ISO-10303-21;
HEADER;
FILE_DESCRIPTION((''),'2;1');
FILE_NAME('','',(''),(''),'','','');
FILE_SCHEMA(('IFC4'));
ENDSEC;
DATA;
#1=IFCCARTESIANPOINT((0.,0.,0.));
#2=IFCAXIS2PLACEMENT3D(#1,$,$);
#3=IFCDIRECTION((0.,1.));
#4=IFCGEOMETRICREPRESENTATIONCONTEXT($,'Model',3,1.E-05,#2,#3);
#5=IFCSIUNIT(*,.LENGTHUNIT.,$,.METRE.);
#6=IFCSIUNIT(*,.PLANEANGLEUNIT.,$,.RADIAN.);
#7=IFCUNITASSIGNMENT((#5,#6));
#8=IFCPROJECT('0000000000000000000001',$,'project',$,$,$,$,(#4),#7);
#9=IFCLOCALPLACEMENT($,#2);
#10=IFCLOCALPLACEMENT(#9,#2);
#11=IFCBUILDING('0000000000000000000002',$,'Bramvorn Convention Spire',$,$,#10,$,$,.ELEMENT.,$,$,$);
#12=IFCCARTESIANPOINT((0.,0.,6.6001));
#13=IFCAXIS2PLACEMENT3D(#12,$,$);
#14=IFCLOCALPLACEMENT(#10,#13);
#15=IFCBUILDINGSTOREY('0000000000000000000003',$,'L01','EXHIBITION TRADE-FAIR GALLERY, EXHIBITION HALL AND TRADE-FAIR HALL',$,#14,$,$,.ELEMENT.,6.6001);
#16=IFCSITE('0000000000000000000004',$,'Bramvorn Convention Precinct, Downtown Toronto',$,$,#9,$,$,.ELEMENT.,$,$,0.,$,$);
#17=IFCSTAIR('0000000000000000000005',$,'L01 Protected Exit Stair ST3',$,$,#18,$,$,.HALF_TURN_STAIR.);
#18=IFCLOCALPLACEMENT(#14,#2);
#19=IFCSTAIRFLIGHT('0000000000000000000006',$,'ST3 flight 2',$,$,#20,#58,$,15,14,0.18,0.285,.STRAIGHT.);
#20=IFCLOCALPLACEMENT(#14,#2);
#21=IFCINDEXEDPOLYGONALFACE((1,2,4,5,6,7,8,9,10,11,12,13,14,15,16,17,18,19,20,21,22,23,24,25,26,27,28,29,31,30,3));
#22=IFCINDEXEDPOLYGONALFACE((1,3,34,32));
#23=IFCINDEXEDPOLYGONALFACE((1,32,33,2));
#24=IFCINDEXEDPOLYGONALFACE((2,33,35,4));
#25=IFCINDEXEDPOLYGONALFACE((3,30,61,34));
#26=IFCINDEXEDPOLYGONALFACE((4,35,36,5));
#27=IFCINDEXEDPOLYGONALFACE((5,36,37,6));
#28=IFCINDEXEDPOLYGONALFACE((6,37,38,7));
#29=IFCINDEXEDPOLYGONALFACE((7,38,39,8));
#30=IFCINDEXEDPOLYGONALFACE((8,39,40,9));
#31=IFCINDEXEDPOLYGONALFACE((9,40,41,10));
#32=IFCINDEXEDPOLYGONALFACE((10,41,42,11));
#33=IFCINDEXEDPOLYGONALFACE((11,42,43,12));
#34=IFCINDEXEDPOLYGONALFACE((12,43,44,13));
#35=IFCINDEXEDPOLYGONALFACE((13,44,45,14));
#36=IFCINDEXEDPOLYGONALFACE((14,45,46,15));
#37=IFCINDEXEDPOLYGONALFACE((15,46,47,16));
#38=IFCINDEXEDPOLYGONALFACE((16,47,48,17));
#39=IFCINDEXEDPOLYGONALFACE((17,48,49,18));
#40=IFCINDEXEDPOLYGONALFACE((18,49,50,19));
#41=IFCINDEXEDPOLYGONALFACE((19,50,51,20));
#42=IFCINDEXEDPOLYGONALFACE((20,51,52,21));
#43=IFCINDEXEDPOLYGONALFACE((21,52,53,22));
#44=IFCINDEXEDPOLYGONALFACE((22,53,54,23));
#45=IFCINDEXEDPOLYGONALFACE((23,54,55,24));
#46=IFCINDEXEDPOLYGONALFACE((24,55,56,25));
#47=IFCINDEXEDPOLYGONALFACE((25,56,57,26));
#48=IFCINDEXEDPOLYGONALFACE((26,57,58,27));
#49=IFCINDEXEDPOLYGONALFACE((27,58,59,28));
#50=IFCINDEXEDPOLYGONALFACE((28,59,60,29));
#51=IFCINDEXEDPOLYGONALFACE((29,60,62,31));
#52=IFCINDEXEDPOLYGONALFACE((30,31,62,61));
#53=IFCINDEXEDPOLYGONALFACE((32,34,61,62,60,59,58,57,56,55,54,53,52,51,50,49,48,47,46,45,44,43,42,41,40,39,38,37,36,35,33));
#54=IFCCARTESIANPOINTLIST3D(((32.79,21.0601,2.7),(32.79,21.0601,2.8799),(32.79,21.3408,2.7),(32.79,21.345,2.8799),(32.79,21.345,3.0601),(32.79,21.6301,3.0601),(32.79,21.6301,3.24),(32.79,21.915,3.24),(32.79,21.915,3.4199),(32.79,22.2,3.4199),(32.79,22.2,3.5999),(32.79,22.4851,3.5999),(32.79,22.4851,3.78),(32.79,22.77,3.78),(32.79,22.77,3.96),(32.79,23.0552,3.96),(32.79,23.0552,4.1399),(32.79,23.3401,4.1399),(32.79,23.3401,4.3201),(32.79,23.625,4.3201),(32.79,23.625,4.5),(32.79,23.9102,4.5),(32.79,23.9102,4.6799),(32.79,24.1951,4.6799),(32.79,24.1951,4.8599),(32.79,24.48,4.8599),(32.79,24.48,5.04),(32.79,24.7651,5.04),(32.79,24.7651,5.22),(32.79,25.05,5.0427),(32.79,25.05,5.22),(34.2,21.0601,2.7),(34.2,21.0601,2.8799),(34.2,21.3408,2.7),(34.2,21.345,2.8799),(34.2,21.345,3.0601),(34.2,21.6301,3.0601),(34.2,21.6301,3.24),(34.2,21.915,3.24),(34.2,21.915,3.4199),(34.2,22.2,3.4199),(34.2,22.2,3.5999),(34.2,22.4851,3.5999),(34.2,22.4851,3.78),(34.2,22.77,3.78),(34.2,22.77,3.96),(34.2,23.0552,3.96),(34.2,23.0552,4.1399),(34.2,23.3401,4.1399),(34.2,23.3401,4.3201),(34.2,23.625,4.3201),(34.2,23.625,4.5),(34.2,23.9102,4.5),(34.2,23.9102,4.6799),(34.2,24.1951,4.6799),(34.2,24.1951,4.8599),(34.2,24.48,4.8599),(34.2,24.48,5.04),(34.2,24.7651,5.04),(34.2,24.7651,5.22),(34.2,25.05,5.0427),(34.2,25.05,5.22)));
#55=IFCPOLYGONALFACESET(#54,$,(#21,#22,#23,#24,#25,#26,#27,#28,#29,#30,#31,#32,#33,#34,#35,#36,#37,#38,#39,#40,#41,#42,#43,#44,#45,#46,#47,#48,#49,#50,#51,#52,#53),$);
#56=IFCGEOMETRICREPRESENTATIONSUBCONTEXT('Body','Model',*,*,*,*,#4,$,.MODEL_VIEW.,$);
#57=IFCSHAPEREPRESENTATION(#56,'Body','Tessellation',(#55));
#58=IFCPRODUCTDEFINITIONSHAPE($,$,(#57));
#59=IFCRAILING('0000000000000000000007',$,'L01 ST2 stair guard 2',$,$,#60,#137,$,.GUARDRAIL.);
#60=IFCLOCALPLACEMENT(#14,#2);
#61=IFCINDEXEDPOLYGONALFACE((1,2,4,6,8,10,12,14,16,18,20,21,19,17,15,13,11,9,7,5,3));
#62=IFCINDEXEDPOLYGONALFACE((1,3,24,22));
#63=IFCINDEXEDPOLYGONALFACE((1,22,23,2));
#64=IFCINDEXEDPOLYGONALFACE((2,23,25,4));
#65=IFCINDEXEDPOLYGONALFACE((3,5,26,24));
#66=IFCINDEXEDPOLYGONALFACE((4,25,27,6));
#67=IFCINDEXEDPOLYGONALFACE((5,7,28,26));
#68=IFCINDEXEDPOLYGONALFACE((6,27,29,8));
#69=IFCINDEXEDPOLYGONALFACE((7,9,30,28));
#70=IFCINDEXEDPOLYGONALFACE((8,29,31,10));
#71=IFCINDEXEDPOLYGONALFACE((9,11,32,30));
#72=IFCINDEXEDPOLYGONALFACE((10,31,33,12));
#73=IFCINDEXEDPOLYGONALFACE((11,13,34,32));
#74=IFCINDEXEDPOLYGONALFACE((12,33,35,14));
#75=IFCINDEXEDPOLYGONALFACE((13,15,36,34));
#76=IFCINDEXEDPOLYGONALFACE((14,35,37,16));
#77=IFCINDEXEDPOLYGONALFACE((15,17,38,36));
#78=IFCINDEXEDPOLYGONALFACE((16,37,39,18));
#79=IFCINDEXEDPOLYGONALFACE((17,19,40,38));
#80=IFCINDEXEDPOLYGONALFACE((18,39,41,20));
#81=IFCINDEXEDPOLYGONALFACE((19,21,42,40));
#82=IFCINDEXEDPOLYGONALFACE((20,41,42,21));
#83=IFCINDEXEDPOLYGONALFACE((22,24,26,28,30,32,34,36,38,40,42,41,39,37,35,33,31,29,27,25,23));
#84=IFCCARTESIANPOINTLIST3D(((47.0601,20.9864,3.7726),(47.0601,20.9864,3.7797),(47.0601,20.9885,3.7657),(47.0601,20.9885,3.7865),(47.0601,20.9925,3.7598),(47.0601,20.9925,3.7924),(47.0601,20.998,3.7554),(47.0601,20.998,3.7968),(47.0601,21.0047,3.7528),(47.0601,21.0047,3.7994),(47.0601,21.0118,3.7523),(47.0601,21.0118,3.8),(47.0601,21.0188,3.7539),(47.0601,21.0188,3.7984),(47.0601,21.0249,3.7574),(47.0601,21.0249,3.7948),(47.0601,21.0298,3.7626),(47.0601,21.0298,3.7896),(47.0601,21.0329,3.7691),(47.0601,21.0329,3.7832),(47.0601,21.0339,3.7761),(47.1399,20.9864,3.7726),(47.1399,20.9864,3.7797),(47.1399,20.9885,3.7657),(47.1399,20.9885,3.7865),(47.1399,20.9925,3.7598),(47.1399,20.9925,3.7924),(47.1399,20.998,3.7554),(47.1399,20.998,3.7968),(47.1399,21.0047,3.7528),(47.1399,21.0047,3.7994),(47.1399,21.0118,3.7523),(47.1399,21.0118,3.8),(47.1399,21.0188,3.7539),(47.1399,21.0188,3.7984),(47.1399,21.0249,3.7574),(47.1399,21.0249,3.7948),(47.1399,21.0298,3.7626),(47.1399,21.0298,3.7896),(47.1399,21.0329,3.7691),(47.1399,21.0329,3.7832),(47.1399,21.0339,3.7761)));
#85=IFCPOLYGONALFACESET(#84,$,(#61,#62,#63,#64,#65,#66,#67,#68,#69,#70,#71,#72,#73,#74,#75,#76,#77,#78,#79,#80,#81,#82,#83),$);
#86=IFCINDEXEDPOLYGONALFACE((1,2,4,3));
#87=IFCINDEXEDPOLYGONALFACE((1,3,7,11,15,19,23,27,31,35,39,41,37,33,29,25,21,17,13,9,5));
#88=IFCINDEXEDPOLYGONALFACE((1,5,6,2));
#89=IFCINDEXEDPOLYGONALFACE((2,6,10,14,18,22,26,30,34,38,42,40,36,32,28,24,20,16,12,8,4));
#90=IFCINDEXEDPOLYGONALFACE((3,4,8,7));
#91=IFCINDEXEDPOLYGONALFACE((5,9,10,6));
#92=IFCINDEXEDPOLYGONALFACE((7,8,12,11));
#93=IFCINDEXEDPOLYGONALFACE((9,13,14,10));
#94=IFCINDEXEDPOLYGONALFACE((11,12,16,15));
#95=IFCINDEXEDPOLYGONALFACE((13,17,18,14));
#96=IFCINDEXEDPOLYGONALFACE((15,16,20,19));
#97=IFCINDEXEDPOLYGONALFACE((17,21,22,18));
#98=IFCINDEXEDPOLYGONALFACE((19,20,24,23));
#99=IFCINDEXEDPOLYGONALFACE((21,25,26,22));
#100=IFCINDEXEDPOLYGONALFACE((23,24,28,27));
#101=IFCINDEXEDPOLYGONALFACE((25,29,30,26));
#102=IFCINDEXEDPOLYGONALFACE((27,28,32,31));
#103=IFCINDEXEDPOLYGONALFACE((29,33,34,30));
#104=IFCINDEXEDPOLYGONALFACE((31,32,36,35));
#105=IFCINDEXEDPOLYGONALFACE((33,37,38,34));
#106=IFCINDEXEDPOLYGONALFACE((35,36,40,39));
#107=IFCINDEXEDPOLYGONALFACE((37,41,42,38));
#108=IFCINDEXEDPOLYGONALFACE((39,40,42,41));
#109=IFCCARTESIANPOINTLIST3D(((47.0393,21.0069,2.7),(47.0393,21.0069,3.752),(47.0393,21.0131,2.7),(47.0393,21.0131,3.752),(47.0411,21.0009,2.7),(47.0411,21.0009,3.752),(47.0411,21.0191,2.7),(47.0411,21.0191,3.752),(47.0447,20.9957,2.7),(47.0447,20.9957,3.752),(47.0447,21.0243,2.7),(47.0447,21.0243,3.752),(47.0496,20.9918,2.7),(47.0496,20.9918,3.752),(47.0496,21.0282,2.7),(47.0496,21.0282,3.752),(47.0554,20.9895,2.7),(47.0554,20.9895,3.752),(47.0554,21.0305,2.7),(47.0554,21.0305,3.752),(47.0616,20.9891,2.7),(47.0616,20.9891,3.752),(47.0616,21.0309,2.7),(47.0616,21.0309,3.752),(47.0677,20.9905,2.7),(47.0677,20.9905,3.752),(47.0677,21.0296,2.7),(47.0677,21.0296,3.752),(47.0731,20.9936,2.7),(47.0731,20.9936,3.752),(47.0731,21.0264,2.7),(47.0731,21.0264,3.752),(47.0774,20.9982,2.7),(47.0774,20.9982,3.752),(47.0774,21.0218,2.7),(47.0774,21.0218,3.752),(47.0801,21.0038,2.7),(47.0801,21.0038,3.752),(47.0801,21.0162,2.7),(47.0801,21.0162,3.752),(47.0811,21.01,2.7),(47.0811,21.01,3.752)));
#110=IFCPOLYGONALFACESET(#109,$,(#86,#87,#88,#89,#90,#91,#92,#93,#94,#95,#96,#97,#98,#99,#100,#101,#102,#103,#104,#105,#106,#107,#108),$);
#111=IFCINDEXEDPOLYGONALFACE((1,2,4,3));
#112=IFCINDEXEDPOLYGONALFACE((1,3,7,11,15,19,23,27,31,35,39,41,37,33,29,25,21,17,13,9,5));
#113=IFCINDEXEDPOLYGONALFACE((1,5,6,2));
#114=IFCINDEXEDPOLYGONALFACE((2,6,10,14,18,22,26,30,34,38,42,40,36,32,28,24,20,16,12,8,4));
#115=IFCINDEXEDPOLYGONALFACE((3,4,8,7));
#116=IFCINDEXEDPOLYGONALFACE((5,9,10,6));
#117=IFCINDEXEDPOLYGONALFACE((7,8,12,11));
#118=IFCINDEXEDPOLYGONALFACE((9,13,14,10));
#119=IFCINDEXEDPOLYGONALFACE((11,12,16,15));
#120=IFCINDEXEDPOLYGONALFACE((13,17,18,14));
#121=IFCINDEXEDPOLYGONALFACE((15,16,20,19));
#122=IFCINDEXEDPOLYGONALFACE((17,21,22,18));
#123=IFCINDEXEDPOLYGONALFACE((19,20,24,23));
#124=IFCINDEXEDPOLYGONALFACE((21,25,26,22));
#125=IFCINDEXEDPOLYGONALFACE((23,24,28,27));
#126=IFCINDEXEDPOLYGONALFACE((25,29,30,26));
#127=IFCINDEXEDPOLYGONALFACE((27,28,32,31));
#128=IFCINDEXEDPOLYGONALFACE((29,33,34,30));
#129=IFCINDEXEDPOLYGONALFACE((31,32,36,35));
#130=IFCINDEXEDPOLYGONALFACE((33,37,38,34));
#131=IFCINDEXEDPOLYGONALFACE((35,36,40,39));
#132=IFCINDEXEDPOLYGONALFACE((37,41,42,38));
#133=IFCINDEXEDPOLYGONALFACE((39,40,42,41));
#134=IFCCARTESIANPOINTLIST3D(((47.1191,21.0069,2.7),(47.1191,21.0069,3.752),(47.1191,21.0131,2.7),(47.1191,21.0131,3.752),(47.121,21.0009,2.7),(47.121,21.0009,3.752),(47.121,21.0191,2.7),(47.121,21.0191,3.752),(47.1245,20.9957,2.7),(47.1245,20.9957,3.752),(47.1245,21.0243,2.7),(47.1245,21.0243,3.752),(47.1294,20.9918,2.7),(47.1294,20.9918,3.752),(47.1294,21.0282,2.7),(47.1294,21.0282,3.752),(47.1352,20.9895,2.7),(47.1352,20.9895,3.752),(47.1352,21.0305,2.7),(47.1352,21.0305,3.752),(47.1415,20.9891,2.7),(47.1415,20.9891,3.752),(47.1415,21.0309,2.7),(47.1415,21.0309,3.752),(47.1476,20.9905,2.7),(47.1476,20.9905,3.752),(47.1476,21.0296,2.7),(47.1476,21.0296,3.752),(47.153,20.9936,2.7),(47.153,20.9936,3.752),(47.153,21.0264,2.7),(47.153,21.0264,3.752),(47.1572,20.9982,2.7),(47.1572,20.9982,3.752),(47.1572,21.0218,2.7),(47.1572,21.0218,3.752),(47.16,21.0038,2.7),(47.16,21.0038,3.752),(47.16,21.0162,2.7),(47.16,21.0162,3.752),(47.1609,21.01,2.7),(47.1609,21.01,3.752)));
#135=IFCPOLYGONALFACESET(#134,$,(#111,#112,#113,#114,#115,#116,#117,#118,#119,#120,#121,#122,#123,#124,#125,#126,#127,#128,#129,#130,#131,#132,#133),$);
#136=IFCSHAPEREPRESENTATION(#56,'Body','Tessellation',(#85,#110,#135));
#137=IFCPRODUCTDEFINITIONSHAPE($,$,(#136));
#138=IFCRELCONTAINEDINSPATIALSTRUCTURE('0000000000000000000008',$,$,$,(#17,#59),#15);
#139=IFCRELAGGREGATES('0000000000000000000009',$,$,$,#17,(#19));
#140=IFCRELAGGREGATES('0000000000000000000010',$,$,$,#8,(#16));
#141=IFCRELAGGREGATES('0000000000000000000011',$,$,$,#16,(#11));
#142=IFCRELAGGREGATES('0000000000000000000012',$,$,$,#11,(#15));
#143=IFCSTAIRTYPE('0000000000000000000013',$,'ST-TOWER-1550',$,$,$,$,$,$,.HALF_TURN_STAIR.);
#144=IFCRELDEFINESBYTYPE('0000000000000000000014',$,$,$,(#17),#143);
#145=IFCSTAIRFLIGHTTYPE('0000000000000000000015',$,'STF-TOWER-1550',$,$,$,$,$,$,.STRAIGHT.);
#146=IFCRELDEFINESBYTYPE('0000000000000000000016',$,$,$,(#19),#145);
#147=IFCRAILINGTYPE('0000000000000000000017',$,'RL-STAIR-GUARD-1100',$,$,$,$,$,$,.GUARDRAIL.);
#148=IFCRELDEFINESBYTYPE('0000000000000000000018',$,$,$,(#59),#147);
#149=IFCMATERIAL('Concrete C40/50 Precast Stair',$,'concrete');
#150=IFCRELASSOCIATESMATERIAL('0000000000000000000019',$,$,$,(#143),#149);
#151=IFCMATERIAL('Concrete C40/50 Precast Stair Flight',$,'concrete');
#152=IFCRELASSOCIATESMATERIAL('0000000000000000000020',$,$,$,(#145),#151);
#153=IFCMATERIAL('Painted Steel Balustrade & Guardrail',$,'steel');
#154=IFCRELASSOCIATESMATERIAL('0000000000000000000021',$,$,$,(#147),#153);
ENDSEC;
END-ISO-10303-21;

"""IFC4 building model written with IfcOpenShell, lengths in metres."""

from ifc_helpers import new_model, si_unit, direction, frame, origin, origin_2d, place, context, subcontext, project, spatial, polyline, circle, outline, extrude, material, type_object, element, aggregate, save


model = new_model("IFC4")

# Units and contexts
model_context = context("Model", 3, precision=1e-05, world=origin(), true_north=direction((0.0, 1.0)))
body_context = subcontext(model_context, "Body", "Model", "MODEL_VIEW")
ifc_project = project(units=[si_unit("LENGTHUNIT", "METRE"), si_unit("PLANEANGLEUNIT", "RADIAN")], contexts=[model_context])

# Site, building, storey
site_placement = place(None, origin())
site = spatial("IfcSite", under=ifc_project, at=site_placement, Name="Bramvorn Convention Precinct, Downtown Toronto", CompositionType="ELEMENT", RefElevation=0.0)
building_placement = place(site_placement, origin())
building = spatial("IfcBuilding", under=site, at=building_placement, Name="Bramvorn Convention Spire", CompositionType="ELEMENT")
storey_placement = place(building_placement, frame((0.0, 0.0, 6.6001)))
storey = spatial("IfcBuildingStorey", under=building, at=storey_placement, Name="L01", Description="EXHIBITION TRADE-FAIR GALLERY, EXHIBITION HALL AND TRADE-FAIR HALL", CompositionType="ELEMENT", Elevation=6.6001)

# Stair, stair flight
ifc_material_1 = material(Name="Concrete C40/50 Precast Stair", Category="concrete")
stair_type = type_object("IfcStairType", Name="ST-TOWER-1550", PredefinedType="HALF_TURN_STAIR", material=ifc_material_1)
ifc_material_2 = material(Name="Concrete C40/50 Precast Stair Flight", Category="concrete")
stair_flight_type = type_object("IfcStairFlightType", Name="STF-TOWER-1550", PredefinedType="STRAIGHT", material=ifc_material_2)
stair_1_placement = place(storey_placement, origin())
stair_1 = element("IfcStair", 1, at=stair_1_placement, inside=storey, type_object=stair_type, Name="L01 Protected Exit Stair ST3", PredefinedType="HALF_TURN_STAIR")
stair_flight_1_placement = place(storey_placement, frame((33.4951, 21.0601, 2.7), z_axis=(0.0, 0.0, 1.0), x_axis=(0.0, 1.0, 0.0)))
stair_flight_1 = element("IfcStairFlight", 2, at=stair_flight_1_placement, type_object=stair_flight_type, Name="ST3 flight 2", NumberOfRisers=15, NumberOfTreads=14, PredefinedType="STRAIGHT", RiserHeight=0.18, TreadLength=0.285, context=body_context, shape_type="SweptSolid", body=[
    extrude(outline(polyline([(0.0, 0.0), (0.0, 0.1799), (0.2849, 0.1799), (0.2849, 0.3601), (0.5701, 0.3601), (0.5701, 0.54), (0.855, 0.54), (0.855, 0.72), (1.1399, 0.72), (1.1399, 0.8999), (1.425, 0.8999), (1.425, 1.0801), (1.71, 1.0801), (1.71, 1.26), (1.9951, 1.26), (1.9951, 1.4399), (2.28, 1.4399), (2.28, 1.6201), (2.5649, 1.6201), (2.5649, 1.8), (2.8501, 1.8), (2.8501, 1.98), (3.135, 1.98), (3.135, 2.1599), (3.4199, 2.1599), (3.4199, 2.3401), (3.7051, 2.3401), (3.7051, 2.52), (3.99, 2.52), (3.99, 2.7), (3.99, 2.3428), (0.2808, 0.0), (0.0, 0.0)])), frame((0.0, 0.7051, 0.0), z_axis=(0.0, -1.0, 0.0), x_axis=(1.0, 0.0, 0.0)), (0.0, 0.0, 1.0), 1.4099),
])
aggregate(stair_1, [stair_flight_1])

# Railing
ifc_material_3 = material(Name="Painted Steel Balustrade & Guardrail", Category="steel")
railing_type_1 = type_object("IfcRailingType", Name="RL-STAIR-GUARD-1100", PredefinedType="GUARDRAIL", material=ifc_material_3)
railing_1_placement = place(storey_placement, frame((47.0601, 21.01, 2.7)))
element("IfcRailing", 3, at=railing_1_placement, inside=storey, type_object=railing_type_1, Name="L01 ST2 stair guard 2", PredefinedType="GUARDRAIL", context=body_context, shape_type="SweptSolid", body=[
    extrude(circle(Radius=0.0239, at=origin_2d()), frame((0.0, 0.0, 1.0762), z_axis=(1.0, 0.0, 0.0), x_axis=(0.0, 1.0, 0.0)), (0.0, 0.0, 1.0), 0.0798),
    extrude(circle(Radius=0.021, at=origin_2d()), origin(), (0.0, 0.0, 1.0), 1.052),
    extrude(circle(Radius=0.021, at=origin_2d()), frame((0.0798, 0.0, 0.0)), (0.0, 0.0, 1.0), 1.052),
])

save(model, "model.ifc")
